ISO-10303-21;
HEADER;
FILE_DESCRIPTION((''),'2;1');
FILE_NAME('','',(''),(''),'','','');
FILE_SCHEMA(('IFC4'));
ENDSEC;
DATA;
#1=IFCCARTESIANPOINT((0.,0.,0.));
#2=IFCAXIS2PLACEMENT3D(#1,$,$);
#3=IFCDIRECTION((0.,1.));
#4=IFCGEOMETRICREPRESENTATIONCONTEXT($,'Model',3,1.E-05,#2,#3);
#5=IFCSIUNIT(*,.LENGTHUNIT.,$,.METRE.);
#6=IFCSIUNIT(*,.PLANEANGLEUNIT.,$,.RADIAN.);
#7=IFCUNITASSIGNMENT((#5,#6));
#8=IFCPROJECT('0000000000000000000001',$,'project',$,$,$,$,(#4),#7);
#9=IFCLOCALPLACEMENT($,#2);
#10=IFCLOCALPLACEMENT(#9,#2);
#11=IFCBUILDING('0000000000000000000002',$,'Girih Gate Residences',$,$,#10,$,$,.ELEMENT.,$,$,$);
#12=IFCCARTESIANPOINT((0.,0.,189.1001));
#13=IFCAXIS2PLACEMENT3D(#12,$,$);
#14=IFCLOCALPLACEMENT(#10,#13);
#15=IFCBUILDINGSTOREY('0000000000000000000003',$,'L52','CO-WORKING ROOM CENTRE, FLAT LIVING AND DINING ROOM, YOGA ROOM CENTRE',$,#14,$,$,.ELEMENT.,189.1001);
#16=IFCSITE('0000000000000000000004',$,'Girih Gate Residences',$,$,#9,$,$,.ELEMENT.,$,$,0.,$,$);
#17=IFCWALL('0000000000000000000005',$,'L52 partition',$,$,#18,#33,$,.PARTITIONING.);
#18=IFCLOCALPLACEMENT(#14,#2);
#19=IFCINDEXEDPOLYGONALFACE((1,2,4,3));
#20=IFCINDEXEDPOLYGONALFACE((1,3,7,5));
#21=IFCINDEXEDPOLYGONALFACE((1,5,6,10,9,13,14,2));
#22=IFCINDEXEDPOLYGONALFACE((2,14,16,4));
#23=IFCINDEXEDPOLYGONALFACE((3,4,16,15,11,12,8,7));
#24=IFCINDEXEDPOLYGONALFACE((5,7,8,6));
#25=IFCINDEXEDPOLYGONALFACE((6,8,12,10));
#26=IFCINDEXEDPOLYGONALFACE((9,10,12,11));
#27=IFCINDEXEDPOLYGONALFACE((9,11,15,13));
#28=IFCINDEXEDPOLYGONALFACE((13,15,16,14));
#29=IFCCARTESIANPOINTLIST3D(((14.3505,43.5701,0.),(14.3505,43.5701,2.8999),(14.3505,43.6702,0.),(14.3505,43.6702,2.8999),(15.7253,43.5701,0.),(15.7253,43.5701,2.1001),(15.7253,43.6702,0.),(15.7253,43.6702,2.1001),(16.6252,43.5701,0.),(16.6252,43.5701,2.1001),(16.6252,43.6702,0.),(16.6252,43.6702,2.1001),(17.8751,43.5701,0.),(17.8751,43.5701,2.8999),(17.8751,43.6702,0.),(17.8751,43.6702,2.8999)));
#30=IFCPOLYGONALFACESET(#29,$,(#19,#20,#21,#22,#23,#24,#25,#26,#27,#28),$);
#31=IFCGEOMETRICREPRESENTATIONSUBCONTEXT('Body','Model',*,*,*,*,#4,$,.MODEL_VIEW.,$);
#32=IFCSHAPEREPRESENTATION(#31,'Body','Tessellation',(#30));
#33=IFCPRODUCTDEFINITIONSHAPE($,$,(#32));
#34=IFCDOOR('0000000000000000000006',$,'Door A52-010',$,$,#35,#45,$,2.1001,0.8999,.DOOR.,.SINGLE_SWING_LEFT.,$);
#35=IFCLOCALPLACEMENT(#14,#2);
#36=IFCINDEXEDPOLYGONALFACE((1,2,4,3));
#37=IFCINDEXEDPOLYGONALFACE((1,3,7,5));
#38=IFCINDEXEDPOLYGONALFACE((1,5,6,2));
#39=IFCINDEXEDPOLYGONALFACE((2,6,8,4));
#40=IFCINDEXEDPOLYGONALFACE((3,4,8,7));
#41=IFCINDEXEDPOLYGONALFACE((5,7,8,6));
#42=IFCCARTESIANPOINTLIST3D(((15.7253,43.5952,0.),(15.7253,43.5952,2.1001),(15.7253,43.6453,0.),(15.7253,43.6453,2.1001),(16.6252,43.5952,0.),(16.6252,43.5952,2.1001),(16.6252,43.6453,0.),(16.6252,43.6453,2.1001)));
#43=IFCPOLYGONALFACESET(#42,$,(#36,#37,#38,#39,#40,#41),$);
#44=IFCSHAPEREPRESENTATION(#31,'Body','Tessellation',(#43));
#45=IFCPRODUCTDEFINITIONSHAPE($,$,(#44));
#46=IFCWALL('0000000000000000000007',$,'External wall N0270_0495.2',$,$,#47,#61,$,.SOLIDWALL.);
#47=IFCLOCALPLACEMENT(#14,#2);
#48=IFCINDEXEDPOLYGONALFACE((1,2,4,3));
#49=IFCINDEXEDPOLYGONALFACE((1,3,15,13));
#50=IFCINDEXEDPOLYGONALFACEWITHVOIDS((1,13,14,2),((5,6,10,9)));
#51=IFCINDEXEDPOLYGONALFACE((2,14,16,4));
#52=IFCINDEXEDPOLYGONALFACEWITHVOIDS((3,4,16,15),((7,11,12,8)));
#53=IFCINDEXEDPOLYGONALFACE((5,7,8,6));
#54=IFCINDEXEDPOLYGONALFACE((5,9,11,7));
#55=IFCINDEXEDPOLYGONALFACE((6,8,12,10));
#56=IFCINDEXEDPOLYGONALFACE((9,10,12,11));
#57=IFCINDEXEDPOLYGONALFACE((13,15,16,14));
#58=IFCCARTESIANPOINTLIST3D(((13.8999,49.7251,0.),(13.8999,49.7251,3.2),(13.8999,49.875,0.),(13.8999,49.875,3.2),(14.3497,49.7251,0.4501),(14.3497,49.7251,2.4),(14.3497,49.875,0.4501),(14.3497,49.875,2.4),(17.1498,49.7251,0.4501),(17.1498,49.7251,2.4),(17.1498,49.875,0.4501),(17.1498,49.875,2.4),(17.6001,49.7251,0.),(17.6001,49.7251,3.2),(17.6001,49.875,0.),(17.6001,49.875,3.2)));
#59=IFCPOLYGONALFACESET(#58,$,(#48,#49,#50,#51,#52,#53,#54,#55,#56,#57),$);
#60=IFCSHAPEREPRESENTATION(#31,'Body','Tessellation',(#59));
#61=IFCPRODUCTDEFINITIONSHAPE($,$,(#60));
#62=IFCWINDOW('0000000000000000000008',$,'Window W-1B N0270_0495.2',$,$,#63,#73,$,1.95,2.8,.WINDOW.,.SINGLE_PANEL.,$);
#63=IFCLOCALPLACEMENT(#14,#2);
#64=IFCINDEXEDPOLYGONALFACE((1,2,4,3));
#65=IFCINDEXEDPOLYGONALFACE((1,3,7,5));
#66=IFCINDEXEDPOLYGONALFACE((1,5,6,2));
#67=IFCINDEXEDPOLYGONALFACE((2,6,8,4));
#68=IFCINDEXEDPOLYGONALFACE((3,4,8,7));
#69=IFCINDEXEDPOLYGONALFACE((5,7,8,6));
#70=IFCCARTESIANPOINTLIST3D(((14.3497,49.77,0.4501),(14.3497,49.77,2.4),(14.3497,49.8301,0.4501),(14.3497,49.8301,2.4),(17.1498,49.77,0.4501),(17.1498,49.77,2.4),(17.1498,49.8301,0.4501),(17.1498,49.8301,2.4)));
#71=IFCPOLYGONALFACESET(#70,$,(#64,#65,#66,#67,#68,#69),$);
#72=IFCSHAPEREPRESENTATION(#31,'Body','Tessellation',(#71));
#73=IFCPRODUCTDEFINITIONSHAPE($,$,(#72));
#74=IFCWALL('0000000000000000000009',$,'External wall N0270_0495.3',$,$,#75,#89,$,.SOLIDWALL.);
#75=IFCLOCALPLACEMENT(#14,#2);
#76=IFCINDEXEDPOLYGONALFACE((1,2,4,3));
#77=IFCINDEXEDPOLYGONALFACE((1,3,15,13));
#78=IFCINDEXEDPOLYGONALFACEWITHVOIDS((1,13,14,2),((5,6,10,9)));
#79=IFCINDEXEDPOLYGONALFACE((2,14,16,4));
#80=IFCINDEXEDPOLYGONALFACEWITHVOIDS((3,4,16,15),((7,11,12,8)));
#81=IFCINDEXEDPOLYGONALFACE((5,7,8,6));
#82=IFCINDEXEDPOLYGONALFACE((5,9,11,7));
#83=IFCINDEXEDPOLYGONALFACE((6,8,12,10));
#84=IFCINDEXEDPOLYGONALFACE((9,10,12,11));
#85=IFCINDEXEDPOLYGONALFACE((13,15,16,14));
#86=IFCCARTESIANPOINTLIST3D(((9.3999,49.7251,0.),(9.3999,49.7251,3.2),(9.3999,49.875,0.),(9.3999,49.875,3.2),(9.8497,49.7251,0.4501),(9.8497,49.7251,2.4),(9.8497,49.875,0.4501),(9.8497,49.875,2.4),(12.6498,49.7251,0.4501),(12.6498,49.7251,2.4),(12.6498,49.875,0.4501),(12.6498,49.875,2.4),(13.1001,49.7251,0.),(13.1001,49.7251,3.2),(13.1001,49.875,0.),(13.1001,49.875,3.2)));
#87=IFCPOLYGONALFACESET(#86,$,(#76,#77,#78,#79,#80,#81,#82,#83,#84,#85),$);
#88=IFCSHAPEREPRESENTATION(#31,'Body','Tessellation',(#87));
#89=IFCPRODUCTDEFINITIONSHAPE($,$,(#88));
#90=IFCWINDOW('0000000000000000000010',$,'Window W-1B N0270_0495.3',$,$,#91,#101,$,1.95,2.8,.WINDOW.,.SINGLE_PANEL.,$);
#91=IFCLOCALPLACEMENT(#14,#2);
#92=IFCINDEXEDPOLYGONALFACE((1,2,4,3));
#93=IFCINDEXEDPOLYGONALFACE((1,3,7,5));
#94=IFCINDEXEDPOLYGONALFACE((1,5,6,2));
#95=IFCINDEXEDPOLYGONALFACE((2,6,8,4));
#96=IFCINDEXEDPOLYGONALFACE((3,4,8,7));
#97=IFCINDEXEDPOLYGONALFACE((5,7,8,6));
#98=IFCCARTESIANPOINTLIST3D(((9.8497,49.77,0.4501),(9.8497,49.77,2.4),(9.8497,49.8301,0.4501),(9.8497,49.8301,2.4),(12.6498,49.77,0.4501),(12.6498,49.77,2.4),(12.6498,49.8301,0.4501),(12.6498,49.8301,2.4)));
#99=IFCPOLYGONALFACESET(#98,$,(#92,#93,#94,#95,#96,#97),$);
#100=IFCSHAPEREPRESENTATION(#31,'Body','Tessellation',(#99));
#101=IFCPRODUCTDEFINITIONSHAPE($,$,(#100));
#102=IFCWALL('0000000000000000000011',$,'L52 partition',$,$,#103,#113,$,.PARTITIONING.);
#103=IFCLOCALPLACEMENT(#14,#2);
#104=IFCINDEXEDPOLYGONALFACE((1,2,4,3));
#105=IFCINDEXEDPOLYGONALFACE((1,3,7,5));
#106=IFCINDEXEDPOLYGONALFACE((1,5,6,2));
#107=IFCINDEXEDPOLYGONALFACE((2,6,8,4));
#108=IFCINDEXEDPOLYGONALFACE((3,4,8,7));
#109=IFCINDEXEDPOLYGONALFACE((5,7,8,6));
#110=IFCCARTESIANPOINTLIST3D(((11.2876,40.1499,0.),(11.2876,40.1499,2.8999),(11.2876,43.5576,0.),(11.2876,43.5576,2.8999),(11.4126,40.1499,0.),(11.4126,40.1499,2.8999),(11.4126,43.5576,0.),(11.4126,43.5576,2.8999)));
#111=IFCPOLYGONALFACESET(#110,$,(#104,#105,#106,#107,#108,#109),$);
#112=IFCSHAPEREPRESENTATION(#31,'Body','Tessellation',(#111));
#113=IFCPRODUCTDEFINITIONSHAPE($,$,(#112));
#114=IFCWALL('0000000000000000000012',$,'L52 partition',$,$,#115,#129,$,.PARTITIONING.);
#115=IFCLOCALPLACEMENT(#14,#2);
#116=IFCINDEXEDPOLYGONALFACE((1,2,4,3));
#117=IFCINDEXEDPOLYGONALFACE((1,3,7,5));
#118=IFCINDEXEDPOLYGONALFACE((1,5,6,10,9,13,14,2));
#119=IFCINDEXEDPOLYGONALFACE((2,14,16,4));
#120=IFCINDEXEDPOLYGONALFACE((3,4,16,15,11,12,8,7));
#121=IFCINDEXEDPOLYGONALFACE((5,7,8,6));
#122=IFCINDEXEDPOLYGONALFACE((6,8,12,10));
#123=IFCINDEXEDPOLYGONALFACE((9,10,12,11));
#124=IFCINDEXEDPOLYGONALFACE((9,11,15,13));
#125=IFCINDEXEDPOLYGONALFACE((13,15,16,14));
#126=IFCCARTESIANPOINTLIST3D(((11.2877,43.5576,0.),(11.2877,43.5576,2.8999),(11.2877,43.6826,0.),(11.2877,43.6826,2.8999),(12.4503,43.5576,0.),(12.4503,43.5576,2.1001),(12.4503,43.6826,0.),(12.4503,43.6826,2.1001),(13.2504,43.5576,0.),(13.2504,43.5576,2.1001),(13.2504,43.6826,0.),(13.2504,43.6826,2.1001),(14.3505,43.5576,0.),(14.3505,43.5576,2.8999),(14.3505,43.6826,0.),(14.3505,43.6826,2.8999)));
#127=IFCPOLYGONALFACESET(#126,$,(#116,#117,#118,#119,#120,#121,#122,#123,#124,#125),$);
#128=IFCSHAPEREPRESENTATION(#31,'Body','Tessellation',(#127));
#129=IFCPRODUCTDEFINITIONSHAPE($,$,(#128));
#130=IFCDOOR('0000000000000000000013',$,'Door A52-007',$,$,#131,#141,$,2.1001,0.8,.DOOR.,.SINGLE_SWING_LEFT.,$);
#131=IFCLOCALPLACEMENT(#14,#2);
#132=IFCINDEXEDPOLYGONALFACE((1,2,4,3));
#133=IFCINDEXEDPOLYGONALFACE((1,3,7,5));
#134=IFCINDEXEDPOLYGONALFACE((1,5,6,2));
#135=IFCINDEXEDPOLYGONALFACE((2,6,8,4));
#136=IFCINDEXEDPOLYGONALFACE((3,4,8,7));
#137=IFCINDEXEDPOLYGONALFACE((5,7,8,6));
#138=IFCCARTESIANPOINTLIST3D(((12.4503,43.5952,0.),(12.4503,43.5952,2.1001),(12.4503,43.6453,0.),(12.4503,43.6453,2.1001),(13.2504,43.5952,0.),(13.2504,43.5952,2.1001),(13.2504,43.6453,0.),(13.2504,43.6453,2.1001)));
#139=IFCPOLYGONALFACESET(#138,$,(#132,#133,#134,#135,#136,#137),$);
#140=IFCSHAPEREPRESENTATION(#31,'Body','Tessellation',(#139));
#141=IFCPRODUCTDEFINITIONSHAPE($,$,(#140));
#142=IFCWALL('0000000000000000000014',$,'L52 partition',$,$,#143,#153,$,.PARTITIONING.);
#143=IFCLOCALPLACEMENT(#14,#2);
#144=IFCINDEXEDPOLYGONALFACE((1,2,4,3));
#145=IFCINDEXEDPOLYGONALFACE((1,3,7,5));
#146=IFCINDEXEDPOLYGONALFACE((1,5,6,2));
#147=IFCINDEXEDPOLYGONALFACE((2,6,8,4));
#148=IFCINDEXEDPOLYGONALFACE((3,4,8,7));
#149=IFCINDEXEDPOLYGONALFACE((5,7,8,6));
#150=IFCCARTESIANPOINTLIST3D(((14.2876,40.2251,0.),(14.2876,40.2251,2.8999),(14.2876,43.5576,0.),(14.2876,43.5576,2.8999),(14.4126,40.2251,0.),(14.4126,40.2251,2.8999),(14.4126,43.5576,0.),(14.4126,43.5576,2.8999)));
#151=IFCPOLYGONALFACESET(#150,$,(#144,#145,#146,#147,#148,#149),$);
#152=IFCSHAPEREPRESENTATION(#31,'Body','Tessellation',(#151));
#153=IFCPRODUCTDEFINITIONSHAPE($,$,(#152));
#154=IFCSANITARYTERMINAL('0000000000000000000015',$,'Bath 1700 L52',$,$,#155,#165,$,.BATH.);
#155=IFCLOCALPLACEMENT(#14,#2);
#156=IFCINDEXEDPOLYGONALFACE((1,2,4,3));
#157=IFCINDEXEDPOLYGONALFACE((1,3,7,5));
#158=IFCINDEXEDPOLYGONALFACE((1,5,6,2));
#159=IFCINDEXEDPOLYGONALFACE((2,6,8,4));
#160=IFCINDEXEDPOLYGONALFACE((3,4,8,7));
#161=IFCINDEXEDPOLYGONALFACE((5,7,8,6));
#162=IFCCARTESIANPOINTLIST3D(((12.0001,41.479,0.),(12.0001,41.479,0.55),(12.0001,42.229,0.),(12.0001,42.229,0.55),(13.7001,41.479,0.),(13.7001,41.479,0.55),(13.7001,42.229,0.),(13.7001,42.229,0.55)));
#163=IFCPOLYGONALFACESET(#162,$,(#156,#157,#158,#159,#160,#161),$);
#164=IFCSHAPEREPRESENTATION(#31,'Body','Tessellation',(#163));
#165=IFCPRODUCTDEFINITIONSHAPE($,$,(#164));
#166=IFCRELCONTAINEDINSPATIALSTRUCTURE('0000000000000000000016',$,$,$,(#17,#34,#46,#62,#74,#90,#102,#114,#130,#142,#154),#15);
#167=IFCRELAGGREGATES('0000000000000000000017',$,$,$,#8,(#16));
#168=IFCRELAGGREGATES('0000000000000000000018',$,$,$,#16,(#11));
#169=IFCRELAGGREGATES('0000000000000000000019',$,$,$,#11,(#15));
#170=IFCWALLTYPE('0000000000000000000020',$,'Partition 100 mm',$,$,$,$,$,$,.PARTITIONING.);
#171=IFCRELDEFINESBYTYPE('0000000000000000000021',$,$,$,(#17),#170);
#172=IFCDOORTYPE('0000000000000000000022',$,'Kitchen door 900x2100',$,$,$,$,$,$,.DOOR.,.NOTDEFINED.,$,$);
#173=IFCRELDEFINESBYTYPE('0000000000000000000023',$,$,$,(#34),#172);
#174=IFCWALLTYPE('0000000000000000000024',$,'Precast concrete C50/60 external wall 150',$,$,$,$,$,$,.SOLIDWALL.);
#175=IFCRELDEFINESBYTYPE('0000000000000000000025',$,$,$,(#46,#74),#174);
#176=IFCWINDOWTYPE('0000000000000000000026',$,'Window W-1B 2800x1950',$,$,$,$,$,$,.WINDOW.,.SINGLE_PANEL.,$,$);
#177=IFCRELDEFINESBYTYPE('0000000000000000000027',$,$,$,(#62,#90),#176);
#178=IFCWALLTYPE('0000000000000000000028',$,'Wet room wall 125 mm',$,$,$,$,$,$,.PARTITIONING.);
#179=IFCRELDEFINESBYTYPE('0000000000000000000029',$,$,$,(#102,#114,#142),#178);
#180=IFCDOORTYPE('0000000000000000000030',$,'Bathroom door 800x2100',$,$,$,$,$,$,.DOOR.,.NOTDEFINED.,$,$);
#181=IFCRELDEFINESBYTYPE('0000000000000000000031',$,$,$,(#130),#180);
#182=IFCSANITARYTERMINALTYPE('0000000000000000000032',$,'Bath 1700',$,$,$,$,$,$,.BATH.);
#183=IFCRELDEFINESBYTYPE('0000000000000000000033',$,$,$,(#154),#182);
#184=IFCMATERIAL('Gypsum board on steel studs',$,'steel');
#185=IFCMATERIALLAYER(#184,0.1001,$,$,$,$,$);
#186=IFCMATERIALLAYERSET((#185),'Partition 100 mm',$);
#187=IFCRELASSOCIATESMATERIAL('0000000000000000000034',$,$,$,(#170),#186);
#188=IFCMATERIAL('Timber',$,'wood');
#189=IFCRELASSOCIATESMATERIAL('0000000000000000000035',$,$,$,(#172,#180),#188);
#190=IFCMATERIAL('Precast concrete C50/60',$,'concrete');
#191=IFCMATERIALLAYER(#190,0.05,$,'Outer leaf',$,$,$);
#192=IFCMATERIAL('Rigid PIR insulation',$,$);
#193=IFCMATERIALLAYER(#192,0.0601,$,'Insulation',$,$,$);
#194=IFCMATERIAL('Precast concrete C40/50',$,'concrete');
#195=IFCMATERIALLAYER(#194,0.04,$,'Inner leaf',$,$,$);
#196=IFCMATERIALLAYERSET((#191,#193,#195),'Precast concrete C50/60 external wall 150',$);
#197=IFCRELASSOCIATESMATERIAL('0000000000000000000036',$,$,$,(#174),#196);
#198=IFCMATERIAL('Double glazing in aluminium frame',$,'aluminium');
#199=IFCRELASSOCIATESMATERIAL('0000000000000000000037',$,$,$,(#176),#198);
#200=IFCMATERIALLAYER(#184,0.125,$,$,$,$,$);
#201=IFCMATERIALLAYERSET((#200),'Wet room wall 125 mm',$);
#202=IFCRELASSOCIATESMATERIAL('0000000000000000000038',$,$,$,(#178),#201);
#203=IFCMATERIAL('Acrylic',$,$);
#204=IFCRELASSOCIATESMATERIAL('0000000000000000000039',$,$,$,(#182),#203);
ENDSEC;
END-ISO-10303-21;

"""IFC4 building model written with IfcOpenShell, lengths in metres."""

from ifc_helpers import new_model, si_unit, direction, frame, frame_2d, origin, origin_2d, place, context, subcontext, project, spatial, rectangle, extrude, material, layer, layer_set, type_object, element, fill, save


model = new_model("IFC4")

# Units and contexts
model_context = context("Model", 3, precision=1e-05, world=origin(), true_north=direction((0.0, 1.0)))
body_context = subcontext(model_context, "Body", "Model", "MODEL_VIEW")
ifc_project = project(units=[si_unit("LENGTHUNIT", "METRE"), si_unit("PLANEANGLEUNIT", "RADIAN")], contexts=[model_context])

# Site, building, storey
site_placement = place(None, origin())
site = spatial("IfcSite", under=ifc_project, at=site_placement, Name="Girih Gate Residences", CompositionType="ELEMENT", RefElevation=0.0)
building_placement = place(site_placement, origin())
building = spatial("IfcBuilding", under=site, at=building_placement, Name="Girih Gate Residences", CompositionType="ELEMENT")
storey_placement = place(building_placement, frame((0.0, 0.0, 189.1001)))
storey = spatial("IfcBuildingStorey", under=building, at=storey_placement, Name="L52", Description="CO-WORKING ROOM CENTRE, FLAT LIVING AND DINING ROOM, YOGA ROOM CENTRE", CompositionType="ELEMENT", Elevation=189.1001)

# Shared definitions
ifc_material_1 = material(Name="Gypsum board on steel studs", Category="steel")
ifc_layer_1 = layer(ifc_material_1, 0.1001)
ifc_layer_set_1 = layer_set([ifc_layer_1], Name="Partition 100 mm")
wall_type_1 = type_object("IfcWallType", Name="Partition 100 mm", PredefinedType="PARTITIONING", material=ifc_layer_set_1)

# Shared definitions
ifc_material_2 = material(Name="Timber", Category="wood")

# Wall, opening, door
wall_1_placement = place(storey_placement, frame((17.875, 43.6201, 0.0), z_axis=(0.0, 0.0, 1.0), x_axis=(-1.0, 0.0, 0.0)))
wall_1 = element("IfcWall", 1, at=wall_1_placement, inside=storey, type_object=wall_type_1, Name="L52 partition", PredefinedType="PARTITIONING", context=body_context, shape_type="SweptSolid", body=[
    extrude(rectangle(XDim=3.5247, YDim=0.1001, at=frame_2d((1.7622, 0.0))), origin(), (0.0, 0.0, 1.0), 2.8999),
])
opening_1_placement = place(wall_1_placement, frame((1.2498, 0.0, 0.0)))
opening_1 = element("IfcOpeningElement", 2, at=opening_1_placement, cuts=wall_1, PredefinedType="OPENING", context=body_context, shape_type="SweptSolid", body=[
    extrude(rectangle(XDim=0.8999, YDim=2.1001, at=frame_2d((0.45, 1.05))), frame((0.0, 0.0601, 0.0), z_axis=(0.0, -1.0, 0.0), x_axis=(1.0, 0.0, 0.0)), (0.0, 0.0, 1.0), 0.1201),
])
door_type_1 = type_object("IfcDoorType", Name="Kitchen door 900x2100", OperationType="NOTDEFINED", PredefinedType="DOOR", material=ifc_material_2)
door_1_placement = place(opening_1_placement, origin())
door_1 = element("IfcDoor", 3, at=door_1_placement, inside=storey, type_object=door_type_1, Name="Door A52-010", OperationType="SINGLE_SWING_LEFT", OverallHeight=2.1001, OverallWidth=0.8999, PredefinedType="DOOR", context=body_context, shape_type="SweptSolid", body=[
    extrude(rectangle(XDim=0.8999, YDim=2.1001, at=frame_2d((0.45, 1.05))), frame((0.0, 0.0249, 0.0), z_axis=(0.0, -1.0, 0.0), x_axis=(1.0, 0.0, 0.0)), (0.0, 0.0, 1.0), 0.05),
])
fill(opening_1, door_1)

# Walls, openings, windows
ifc_material_3 = material(Name="Precast concrete C50/60", Category="concrete")
ifc_layer_2 = layer(ifc_material_3, 0.05, Name="Outer leaf")
ifc_material_4 = material(Name="Rigid PIR insulation")
ifc_layer_3 = layer(ifc_material_4, 0.0601, Name="Insulation")
ifc_material_5 = material(Name="Precast concrete C40/50", Category="concrete")
ifc_layer_4 = layer(ifc_material_5, 0.04, Name="Inner leaf")
ifc_layer_set_2 = layer_set([ifc_layer_2, ifc_layer_3, ifc_layer_4], Name="Precast concrete C50/60 external wall 150")
wall_type_2 = type_object("IfcWallType", Name="Precast concrete C50/60 external wall 150", PredefinedType="SOLIDWALL", material=ifc_layer_set_2)
wall_2_placement = place(storey_placement, frame((13.8999, 49.8, 0.0), z_axis=(0.0, 0.0, 1.0), x_axis=(1.0, 0.0, 0.0)))
wall_2 = element("IfcWall", 4, at=wall_2_placement, inside=storey, type_object=wall_type_2, Name="External wall N0270_0495.2", PredefinedType="SOLIDWALL", context=body_context, shape_type="SweptSolid", body=[
    extrude(rectangle(XDim=3.7002, YDim=0.1499, at=frame_2d((1.8501, 0.0))), origin(), (0.0, 0.0, 1.0), 3.2),
])
opening_2_placement = place(wall_2_placement, frame((0.45, 0.0, 0.45)))
opening_2 = element("IfcOpeningElement", 5, at=opening_2_placement, cuts=wall_2, PredefinedType="OPENING", context=body_context, shape_type="SweptSolid", body=[
    extrude(rectangle(XDim=2.8, YDim=1.95, at=frame_2d((1.3999, 0.9751))), frame((0.0, 0.085, 0.0), z_axis=(0.0, -1.0, 0.0), x_axis=(1.0, 0.0, 0.0)), (0.0, 0.0, 1.0), 0.1699),
])
ifc_material_6 = material(Name="Double glazing in aluminium frame", Category="aluminium")
window_type = type_object("IfcWindowType", Name="Window W-1B 2800x1950", PartitioningType="SINGLE_PANEL", PredefinedType="WINDOW", material=ifc_material_6)
window_1_placement = place(opening_2_placement, origin())
window_1 = element("IfcWindow", 6, at=window_1_placement, inside=storey, type_object=window_type, Name="Window W-1B N0270_0495.2", OverallHeight=1.95, OverallWidth=2.8, PartitioningType="SINGLE_PANEL", PredefinedType="WINDOW", context=body_context, shape_type="SweptSolid", body=[
    extrude(rectangle(XDim=2.8, YDim=1.95, at=frame_2d((1.3999, 0.9751))), frame((0.0, 0.03, 0.0), z_axis=(0.0, -1.0, 0.0), x_axis=(1.0, 0.0, 0.0)), (0.0, 0.0, 1.0), 0.0601),
])
fill(opening_2, window_1)
wall_3_placement = place(storey_placement, frame((9.3999, 49.8, 0.0), z_axis=(0.0, 0.0, 1.0), x_axis=(1.0, 0.0, 0.0)))
wall_3 = element("IfcWall", 7, at=wall_3_placement, inside=storey, type_object=wall_type_2, Name="External wall N0270_0495.3", PredefinedType="SOLIDWALL", context=body_context, shape_type="SweptSolid", body=[
    extrude(rectangle(XDim=3.7002, YDim=0.1499, at=frame_2d((1.8501, 0.0))), origin(), (0.0, 0.0, 1.0), 3.2),
])
opening_3_placement = place(wall_3_placement, frame((0.45, 0.0, 0.45)))
opening_3 = element("IfcOpeningElement", 8, at=opening_3_placement, cuts=wall_3, PredefinedType="OPENING", context=body_context, shape_type="SweptSolid", body=[
    extrude(rectangle(XDim=2.8, YDim=1.95, at=frame_2d((1.3999, 0.9751))), frame((0.0, 0.085, 0.0), z_axis=(0.0, -1.0, 0.0), x_axis=(1.0, 0.0, 0.0)), (0.0, 0.0, 1.0), 0.1699),
])
window_2_placement = place(opening_3_placement, origin())
window_2 = element("IfcWindow", 9, at=window_2_placement, inside=storey, type_object=window_type, Name="Window W-1B N0270_0495.3", OverallHeight=1.95, OverallWidth=2.8, PartitioningType="SINGLE_PANEL", PredefinedType="WINDOW", context=body_context, shape_type="SweptSolid", body=[
    extrude(rectangle(XDim=2.8, YDim=1.95, at=frame_2d((1.3999, 0.9751))), frame((0.0, 0.03, 0.0), z_axis=(0.0, -1.0, 0.0), x_axis=(1.0, 0.0, 0.0)), (0.0, 0.0, 1.0), 0.0601),
])
fill(opening_3, window_2)

# Wall
ifc_layer_5 = layer(ifc_material_1, 0.125)
ifc_layer_set_3 = layer_set([ifc_layer_5], Name="Wet room wall 125 mm")
wall_type_3 = type_object("IfcWallType", Name="Wet room wall 125 mm", PredefinedType="PARTITIONING", material=ifc_layer_set_3)
wall_4_placement = place(storey_placement, frame((11.3501, 40.1499, 0.0), z_axis=(0.0, 0.0, 1.0), x_axis=(0.0, 1.0, 0.0)))
element("IfcWall", 10, at=wall_4_placement, inside=storey, type_object=wall_type_3, Name="L52 partition", PredefinedType="PARTITIONING", context=body_context, shape_type="SweptSolid", body=[
    extrude(rectangle(XDim=3.4077, YDim=0.125, at=frame_2d((1.7039, 0.0))), origin(), (0.0, 0.0, 1.0), 2.8999),
])

# Wall, opening, door
wall_5_placement = place(storey_placement, frame((14.3503, 43.6201, 0.0), z_axis=(0.0, 0.0, 1.0), x_axis=(-1.0, 0.0, 0.0)))
wall_5 = element("IfcWall", 11, at=wall_5_placement, inside=storey, type_object=wall_type_3, Name="L52 partition", PredefinedType="PARTITIONING", context=body_context, shape_type="SweptSolid", body=[
    extrude(rectangle(XDim=3.0627, YDim=0.125, at=frame_2d((1.5312, 0.0))), origin(), (0.0, 0.0, 1.0), 2.8999),
])
opening_4_placement = place(wall_5_placement, frame((1.1001, 0.0, 0.0)))
opening_4 = element("IfcOpeningElement", 12, at=opening_4_placement, cuts=wall_5, PredefinedType="OPENING", context=body_context, shape_type="SweptSolid", body=[
    extrude(rectangle(XDim=0.8, YDim=2.1001, at=frame_2d((0.3999, 1.05))), frame((0.0, 0.0725, 0.0), z_axis=(0.0, -1.0, 0.0), x_axis=(1.0, 0.0, 0.0)), (0.0, 0.0, 1.0), 0.145),
])
door_type_2 = type_object("IfcDoorType", Name="Bathroom door 800x2100", OperationType="NOTDEFINED", PredefinedType="DOOR", material=ifc_material_2)
door_2_placement = place(opening_4_placement, origin())
door_2 = element("IfcDoor", 13, at=door_2_placement, inside=storey, type_object=door_type_2, Name="Door A52-007", OperationType="SINGLE_SWING_LEFT", OverallHeight=2.1001, OverallWidth=0.8, PredefinedType="DOOR", context=body_context, shape_type="SweptSolid", body=[
    extrude(rectangle(XDim=0.8, YDim=2.1001, at=frame_2d((0.3999, 1.05))), frame((0.0, 0.0249, 0.0), z_axis=(0.0, -1.0, 0.0), x_axis=(1.0, 0.0, 0.0)), (0.0, 0.0, 1.0), 0.05),
])
fill(opening_4, door_2)

# Wall
wall_6_placement = place(storey_placement, frame((14.3501, 40.2251, 0.0), z_axis=(0.0, 0.0, 1.0), x_axis=(0.0, 1.0, 0.0)))
element("IfcWall", 14, at=wall_6_placement, inside=storey, type_object=wall_type_3, Name="L52 partition", PredefinedType="PARTITIONING", context=body_context, shape_type="SweptSolid", body=[
    extrude(rectangle(XDim=3.3325, YDim=0.125, at=frame_2d((1.6663, 0.0))), origin(), (0.0, 0.0, 1.0), 2.8999),
])

# Sanitary terminal
ifc_material_7 = material(Name="Acrylic")
sanitary_terminal_type = type_object("IfcSanitaryTerminalType", Name="Bath 1700", PredefinedType="BATH", material=ifc_material_7)
sanitary_terminal_placement = place(storey_placement, frame((12.8501, 41.854, 0.0), z_axis=(0.0, 0.0, 1.0), x_axis=(1.0, 0.0, 0.0)))
element("IfcSanitaryTerminal", 15, at=sanitary_terminal_placement, inside=storey, type_object=sanitary_terminal_type, Name="Bath 1700 L52", PredefinedType="BATH", context=body_context, shape_type="SweptSolid", body=[
    extrude(rectangle(XDim=1.7, YDim=0.75, at=origin_2d()), origin(), (0.0, 0.0, 1.0), 0.55),
])

save(model, "model.ifc")
